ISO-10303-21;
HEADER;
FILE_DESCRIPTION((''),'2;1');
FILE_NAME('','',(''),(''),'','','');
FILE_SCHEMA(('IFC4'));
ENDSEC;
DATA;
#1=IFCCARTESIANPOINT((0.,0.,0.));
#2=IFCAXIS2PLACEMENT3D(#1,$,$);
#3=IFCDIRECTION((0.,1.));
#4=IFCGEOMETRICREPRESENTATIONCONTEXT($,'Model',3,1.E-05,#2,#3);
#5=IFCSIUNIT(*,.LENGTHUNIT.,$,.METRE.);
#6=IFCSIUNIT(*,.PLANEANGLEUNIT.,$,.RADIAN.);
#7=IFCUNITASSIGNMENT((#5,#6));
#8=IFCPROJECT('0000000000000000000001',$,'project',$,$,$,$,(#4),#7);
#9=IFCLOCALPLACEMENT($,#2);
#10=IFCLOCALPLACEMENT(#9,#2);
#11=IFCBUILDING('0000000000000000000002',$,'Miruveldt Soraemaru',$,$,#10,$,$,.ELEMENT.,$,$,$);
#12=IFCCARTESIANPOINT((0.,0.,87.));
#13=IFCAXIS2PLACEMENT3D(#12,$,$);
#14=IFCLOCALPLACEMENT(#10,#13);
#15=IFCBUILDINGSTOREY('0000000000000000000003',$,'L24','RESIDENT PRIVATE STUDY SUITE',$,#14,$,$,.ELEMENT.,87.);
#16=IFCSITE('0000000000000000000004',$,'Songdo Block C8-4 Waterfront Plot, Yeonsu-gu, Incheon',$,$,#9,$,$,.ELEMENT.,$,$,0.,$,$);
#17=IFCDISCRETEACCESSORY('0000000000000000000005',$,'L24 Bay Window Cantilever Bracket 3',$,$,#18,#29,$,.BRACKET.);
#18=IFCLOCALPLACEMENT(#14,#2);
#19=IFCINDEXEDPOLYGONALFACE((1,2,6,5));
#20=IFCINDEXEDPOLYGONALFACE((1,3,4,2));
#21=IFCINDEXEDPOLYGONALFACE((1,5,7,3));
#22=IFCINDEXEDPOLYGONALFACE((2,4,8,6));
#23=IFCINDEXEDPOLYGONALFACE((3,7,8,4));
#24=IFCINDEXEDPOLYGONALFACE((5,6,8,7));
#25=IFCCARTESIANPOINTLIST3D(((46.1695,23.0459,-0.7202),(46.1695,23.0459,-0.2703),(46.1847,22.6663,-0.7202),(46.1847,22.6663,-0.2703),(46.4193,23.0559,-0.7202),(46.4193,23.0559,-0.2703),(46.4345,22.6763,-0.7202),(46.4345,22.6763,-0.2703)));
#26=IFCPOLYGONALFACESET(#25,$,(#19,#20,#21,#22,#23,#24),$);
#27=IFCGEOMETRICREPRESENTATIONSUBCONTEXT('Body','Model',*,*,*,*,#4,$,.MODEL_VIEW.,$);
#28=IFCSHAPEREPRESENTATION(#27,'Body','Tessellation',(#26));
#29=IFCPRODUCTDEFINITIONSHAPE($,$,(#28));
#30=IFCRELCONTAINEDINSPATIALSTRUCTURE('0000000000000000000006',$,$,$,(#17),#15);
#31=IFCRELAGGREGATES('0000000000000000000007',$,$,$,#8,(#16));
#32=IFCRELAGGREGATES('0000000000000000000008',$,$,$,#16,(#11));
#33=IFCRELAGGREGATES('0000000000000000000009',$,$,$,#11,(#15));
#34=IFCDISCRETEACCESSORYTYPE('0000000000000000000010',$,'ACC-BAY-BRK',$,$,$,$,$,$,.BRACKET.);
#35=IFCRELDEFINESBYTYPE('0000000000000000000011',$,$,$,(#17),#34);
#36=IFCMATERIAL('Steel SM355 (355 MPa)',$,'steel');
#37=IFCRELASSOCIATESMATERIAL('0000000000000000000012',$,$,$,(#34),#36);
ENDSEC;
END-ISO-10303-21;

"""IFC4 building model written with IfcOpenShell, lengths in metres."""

from ifc_helpers import new_model, si_unit, direction, frame, origin, origin_2d, place, context, subcontext, project, spatial, rectangle, extrude, material, type_object, element, save


model = new_model("IFC4")

# Units and contexts
model_context = context("Model", 3, precision=1e-05, world=origin(), true_north=direction((0.0, 1.0)))
body_context = subcontext(model_context, "Body", "Model", "MODEL_VIEW")
ifc_project = project(units=[si_unit("LENGTHUNIT", "METRE"), si_unit("PLANEANGLEUNIT", "RADIAN")], contexts=[model_context])

# Site, building, storey
site_placement = place(None, origin())
site = spatial("IfcSite", under=ifc_project, at=site_placement, Name="Songdo Block C8-4 Waterfront Plot, Yeonsu-gu, Incheon", CompositionType="ELEMENT", RefElevation=0.0)
building_placement = place(site_placement, origin())
building = spatial("IfcBuilding", under=site, at=building_placement, Name="Miruveldt Soraemaru", CompositionType="ELEMENT")
storey_placement = place(building_placement, frame((0.0, 0.0, 87.0)))
storey = spatial("IfcBuildingStorey", under=building, at=storey_placement, Name="L24", Description="RESIDENT PRIVATE STUDY SUITE", CompositionType="ELEMENT", Elevation=87.0)

# Shared definitions
ifc_material_1 = material(Name="Steel SM355 (355 MPa)", Category="steel")

# Discrete accessory
discrete_accessory_type = type_object("IfcDiscreteAccessoryType", Name="ACC-BAY-BRK", PredefinedType="BRACKET", material=ifc_material_1)
discrete_accessory_placement = place(storey_placement, frame((46.302, 22.8611, -0.7202), z_axis=(0.0, 0.0, 1.0), x_axis=(0.039975, -0.999201, 0.0)))
element("IfcDiscreteAccessory", 1, at=discrete_accessory_placement, inside=storey, type_object=discrete_accessory_type, Name="L24 Bay Window Cantilever Bracket 3", PredefinedType="BRACKET", context=body_context, shape_type="SweptSolid", body=[
    extrude(rectangle(XDim=0.3799, YDim=0.25, at=origin_2d()), origin(), (0.0, 0.0, 1.0), 0.45),
])

save(model, "model.ifc")
